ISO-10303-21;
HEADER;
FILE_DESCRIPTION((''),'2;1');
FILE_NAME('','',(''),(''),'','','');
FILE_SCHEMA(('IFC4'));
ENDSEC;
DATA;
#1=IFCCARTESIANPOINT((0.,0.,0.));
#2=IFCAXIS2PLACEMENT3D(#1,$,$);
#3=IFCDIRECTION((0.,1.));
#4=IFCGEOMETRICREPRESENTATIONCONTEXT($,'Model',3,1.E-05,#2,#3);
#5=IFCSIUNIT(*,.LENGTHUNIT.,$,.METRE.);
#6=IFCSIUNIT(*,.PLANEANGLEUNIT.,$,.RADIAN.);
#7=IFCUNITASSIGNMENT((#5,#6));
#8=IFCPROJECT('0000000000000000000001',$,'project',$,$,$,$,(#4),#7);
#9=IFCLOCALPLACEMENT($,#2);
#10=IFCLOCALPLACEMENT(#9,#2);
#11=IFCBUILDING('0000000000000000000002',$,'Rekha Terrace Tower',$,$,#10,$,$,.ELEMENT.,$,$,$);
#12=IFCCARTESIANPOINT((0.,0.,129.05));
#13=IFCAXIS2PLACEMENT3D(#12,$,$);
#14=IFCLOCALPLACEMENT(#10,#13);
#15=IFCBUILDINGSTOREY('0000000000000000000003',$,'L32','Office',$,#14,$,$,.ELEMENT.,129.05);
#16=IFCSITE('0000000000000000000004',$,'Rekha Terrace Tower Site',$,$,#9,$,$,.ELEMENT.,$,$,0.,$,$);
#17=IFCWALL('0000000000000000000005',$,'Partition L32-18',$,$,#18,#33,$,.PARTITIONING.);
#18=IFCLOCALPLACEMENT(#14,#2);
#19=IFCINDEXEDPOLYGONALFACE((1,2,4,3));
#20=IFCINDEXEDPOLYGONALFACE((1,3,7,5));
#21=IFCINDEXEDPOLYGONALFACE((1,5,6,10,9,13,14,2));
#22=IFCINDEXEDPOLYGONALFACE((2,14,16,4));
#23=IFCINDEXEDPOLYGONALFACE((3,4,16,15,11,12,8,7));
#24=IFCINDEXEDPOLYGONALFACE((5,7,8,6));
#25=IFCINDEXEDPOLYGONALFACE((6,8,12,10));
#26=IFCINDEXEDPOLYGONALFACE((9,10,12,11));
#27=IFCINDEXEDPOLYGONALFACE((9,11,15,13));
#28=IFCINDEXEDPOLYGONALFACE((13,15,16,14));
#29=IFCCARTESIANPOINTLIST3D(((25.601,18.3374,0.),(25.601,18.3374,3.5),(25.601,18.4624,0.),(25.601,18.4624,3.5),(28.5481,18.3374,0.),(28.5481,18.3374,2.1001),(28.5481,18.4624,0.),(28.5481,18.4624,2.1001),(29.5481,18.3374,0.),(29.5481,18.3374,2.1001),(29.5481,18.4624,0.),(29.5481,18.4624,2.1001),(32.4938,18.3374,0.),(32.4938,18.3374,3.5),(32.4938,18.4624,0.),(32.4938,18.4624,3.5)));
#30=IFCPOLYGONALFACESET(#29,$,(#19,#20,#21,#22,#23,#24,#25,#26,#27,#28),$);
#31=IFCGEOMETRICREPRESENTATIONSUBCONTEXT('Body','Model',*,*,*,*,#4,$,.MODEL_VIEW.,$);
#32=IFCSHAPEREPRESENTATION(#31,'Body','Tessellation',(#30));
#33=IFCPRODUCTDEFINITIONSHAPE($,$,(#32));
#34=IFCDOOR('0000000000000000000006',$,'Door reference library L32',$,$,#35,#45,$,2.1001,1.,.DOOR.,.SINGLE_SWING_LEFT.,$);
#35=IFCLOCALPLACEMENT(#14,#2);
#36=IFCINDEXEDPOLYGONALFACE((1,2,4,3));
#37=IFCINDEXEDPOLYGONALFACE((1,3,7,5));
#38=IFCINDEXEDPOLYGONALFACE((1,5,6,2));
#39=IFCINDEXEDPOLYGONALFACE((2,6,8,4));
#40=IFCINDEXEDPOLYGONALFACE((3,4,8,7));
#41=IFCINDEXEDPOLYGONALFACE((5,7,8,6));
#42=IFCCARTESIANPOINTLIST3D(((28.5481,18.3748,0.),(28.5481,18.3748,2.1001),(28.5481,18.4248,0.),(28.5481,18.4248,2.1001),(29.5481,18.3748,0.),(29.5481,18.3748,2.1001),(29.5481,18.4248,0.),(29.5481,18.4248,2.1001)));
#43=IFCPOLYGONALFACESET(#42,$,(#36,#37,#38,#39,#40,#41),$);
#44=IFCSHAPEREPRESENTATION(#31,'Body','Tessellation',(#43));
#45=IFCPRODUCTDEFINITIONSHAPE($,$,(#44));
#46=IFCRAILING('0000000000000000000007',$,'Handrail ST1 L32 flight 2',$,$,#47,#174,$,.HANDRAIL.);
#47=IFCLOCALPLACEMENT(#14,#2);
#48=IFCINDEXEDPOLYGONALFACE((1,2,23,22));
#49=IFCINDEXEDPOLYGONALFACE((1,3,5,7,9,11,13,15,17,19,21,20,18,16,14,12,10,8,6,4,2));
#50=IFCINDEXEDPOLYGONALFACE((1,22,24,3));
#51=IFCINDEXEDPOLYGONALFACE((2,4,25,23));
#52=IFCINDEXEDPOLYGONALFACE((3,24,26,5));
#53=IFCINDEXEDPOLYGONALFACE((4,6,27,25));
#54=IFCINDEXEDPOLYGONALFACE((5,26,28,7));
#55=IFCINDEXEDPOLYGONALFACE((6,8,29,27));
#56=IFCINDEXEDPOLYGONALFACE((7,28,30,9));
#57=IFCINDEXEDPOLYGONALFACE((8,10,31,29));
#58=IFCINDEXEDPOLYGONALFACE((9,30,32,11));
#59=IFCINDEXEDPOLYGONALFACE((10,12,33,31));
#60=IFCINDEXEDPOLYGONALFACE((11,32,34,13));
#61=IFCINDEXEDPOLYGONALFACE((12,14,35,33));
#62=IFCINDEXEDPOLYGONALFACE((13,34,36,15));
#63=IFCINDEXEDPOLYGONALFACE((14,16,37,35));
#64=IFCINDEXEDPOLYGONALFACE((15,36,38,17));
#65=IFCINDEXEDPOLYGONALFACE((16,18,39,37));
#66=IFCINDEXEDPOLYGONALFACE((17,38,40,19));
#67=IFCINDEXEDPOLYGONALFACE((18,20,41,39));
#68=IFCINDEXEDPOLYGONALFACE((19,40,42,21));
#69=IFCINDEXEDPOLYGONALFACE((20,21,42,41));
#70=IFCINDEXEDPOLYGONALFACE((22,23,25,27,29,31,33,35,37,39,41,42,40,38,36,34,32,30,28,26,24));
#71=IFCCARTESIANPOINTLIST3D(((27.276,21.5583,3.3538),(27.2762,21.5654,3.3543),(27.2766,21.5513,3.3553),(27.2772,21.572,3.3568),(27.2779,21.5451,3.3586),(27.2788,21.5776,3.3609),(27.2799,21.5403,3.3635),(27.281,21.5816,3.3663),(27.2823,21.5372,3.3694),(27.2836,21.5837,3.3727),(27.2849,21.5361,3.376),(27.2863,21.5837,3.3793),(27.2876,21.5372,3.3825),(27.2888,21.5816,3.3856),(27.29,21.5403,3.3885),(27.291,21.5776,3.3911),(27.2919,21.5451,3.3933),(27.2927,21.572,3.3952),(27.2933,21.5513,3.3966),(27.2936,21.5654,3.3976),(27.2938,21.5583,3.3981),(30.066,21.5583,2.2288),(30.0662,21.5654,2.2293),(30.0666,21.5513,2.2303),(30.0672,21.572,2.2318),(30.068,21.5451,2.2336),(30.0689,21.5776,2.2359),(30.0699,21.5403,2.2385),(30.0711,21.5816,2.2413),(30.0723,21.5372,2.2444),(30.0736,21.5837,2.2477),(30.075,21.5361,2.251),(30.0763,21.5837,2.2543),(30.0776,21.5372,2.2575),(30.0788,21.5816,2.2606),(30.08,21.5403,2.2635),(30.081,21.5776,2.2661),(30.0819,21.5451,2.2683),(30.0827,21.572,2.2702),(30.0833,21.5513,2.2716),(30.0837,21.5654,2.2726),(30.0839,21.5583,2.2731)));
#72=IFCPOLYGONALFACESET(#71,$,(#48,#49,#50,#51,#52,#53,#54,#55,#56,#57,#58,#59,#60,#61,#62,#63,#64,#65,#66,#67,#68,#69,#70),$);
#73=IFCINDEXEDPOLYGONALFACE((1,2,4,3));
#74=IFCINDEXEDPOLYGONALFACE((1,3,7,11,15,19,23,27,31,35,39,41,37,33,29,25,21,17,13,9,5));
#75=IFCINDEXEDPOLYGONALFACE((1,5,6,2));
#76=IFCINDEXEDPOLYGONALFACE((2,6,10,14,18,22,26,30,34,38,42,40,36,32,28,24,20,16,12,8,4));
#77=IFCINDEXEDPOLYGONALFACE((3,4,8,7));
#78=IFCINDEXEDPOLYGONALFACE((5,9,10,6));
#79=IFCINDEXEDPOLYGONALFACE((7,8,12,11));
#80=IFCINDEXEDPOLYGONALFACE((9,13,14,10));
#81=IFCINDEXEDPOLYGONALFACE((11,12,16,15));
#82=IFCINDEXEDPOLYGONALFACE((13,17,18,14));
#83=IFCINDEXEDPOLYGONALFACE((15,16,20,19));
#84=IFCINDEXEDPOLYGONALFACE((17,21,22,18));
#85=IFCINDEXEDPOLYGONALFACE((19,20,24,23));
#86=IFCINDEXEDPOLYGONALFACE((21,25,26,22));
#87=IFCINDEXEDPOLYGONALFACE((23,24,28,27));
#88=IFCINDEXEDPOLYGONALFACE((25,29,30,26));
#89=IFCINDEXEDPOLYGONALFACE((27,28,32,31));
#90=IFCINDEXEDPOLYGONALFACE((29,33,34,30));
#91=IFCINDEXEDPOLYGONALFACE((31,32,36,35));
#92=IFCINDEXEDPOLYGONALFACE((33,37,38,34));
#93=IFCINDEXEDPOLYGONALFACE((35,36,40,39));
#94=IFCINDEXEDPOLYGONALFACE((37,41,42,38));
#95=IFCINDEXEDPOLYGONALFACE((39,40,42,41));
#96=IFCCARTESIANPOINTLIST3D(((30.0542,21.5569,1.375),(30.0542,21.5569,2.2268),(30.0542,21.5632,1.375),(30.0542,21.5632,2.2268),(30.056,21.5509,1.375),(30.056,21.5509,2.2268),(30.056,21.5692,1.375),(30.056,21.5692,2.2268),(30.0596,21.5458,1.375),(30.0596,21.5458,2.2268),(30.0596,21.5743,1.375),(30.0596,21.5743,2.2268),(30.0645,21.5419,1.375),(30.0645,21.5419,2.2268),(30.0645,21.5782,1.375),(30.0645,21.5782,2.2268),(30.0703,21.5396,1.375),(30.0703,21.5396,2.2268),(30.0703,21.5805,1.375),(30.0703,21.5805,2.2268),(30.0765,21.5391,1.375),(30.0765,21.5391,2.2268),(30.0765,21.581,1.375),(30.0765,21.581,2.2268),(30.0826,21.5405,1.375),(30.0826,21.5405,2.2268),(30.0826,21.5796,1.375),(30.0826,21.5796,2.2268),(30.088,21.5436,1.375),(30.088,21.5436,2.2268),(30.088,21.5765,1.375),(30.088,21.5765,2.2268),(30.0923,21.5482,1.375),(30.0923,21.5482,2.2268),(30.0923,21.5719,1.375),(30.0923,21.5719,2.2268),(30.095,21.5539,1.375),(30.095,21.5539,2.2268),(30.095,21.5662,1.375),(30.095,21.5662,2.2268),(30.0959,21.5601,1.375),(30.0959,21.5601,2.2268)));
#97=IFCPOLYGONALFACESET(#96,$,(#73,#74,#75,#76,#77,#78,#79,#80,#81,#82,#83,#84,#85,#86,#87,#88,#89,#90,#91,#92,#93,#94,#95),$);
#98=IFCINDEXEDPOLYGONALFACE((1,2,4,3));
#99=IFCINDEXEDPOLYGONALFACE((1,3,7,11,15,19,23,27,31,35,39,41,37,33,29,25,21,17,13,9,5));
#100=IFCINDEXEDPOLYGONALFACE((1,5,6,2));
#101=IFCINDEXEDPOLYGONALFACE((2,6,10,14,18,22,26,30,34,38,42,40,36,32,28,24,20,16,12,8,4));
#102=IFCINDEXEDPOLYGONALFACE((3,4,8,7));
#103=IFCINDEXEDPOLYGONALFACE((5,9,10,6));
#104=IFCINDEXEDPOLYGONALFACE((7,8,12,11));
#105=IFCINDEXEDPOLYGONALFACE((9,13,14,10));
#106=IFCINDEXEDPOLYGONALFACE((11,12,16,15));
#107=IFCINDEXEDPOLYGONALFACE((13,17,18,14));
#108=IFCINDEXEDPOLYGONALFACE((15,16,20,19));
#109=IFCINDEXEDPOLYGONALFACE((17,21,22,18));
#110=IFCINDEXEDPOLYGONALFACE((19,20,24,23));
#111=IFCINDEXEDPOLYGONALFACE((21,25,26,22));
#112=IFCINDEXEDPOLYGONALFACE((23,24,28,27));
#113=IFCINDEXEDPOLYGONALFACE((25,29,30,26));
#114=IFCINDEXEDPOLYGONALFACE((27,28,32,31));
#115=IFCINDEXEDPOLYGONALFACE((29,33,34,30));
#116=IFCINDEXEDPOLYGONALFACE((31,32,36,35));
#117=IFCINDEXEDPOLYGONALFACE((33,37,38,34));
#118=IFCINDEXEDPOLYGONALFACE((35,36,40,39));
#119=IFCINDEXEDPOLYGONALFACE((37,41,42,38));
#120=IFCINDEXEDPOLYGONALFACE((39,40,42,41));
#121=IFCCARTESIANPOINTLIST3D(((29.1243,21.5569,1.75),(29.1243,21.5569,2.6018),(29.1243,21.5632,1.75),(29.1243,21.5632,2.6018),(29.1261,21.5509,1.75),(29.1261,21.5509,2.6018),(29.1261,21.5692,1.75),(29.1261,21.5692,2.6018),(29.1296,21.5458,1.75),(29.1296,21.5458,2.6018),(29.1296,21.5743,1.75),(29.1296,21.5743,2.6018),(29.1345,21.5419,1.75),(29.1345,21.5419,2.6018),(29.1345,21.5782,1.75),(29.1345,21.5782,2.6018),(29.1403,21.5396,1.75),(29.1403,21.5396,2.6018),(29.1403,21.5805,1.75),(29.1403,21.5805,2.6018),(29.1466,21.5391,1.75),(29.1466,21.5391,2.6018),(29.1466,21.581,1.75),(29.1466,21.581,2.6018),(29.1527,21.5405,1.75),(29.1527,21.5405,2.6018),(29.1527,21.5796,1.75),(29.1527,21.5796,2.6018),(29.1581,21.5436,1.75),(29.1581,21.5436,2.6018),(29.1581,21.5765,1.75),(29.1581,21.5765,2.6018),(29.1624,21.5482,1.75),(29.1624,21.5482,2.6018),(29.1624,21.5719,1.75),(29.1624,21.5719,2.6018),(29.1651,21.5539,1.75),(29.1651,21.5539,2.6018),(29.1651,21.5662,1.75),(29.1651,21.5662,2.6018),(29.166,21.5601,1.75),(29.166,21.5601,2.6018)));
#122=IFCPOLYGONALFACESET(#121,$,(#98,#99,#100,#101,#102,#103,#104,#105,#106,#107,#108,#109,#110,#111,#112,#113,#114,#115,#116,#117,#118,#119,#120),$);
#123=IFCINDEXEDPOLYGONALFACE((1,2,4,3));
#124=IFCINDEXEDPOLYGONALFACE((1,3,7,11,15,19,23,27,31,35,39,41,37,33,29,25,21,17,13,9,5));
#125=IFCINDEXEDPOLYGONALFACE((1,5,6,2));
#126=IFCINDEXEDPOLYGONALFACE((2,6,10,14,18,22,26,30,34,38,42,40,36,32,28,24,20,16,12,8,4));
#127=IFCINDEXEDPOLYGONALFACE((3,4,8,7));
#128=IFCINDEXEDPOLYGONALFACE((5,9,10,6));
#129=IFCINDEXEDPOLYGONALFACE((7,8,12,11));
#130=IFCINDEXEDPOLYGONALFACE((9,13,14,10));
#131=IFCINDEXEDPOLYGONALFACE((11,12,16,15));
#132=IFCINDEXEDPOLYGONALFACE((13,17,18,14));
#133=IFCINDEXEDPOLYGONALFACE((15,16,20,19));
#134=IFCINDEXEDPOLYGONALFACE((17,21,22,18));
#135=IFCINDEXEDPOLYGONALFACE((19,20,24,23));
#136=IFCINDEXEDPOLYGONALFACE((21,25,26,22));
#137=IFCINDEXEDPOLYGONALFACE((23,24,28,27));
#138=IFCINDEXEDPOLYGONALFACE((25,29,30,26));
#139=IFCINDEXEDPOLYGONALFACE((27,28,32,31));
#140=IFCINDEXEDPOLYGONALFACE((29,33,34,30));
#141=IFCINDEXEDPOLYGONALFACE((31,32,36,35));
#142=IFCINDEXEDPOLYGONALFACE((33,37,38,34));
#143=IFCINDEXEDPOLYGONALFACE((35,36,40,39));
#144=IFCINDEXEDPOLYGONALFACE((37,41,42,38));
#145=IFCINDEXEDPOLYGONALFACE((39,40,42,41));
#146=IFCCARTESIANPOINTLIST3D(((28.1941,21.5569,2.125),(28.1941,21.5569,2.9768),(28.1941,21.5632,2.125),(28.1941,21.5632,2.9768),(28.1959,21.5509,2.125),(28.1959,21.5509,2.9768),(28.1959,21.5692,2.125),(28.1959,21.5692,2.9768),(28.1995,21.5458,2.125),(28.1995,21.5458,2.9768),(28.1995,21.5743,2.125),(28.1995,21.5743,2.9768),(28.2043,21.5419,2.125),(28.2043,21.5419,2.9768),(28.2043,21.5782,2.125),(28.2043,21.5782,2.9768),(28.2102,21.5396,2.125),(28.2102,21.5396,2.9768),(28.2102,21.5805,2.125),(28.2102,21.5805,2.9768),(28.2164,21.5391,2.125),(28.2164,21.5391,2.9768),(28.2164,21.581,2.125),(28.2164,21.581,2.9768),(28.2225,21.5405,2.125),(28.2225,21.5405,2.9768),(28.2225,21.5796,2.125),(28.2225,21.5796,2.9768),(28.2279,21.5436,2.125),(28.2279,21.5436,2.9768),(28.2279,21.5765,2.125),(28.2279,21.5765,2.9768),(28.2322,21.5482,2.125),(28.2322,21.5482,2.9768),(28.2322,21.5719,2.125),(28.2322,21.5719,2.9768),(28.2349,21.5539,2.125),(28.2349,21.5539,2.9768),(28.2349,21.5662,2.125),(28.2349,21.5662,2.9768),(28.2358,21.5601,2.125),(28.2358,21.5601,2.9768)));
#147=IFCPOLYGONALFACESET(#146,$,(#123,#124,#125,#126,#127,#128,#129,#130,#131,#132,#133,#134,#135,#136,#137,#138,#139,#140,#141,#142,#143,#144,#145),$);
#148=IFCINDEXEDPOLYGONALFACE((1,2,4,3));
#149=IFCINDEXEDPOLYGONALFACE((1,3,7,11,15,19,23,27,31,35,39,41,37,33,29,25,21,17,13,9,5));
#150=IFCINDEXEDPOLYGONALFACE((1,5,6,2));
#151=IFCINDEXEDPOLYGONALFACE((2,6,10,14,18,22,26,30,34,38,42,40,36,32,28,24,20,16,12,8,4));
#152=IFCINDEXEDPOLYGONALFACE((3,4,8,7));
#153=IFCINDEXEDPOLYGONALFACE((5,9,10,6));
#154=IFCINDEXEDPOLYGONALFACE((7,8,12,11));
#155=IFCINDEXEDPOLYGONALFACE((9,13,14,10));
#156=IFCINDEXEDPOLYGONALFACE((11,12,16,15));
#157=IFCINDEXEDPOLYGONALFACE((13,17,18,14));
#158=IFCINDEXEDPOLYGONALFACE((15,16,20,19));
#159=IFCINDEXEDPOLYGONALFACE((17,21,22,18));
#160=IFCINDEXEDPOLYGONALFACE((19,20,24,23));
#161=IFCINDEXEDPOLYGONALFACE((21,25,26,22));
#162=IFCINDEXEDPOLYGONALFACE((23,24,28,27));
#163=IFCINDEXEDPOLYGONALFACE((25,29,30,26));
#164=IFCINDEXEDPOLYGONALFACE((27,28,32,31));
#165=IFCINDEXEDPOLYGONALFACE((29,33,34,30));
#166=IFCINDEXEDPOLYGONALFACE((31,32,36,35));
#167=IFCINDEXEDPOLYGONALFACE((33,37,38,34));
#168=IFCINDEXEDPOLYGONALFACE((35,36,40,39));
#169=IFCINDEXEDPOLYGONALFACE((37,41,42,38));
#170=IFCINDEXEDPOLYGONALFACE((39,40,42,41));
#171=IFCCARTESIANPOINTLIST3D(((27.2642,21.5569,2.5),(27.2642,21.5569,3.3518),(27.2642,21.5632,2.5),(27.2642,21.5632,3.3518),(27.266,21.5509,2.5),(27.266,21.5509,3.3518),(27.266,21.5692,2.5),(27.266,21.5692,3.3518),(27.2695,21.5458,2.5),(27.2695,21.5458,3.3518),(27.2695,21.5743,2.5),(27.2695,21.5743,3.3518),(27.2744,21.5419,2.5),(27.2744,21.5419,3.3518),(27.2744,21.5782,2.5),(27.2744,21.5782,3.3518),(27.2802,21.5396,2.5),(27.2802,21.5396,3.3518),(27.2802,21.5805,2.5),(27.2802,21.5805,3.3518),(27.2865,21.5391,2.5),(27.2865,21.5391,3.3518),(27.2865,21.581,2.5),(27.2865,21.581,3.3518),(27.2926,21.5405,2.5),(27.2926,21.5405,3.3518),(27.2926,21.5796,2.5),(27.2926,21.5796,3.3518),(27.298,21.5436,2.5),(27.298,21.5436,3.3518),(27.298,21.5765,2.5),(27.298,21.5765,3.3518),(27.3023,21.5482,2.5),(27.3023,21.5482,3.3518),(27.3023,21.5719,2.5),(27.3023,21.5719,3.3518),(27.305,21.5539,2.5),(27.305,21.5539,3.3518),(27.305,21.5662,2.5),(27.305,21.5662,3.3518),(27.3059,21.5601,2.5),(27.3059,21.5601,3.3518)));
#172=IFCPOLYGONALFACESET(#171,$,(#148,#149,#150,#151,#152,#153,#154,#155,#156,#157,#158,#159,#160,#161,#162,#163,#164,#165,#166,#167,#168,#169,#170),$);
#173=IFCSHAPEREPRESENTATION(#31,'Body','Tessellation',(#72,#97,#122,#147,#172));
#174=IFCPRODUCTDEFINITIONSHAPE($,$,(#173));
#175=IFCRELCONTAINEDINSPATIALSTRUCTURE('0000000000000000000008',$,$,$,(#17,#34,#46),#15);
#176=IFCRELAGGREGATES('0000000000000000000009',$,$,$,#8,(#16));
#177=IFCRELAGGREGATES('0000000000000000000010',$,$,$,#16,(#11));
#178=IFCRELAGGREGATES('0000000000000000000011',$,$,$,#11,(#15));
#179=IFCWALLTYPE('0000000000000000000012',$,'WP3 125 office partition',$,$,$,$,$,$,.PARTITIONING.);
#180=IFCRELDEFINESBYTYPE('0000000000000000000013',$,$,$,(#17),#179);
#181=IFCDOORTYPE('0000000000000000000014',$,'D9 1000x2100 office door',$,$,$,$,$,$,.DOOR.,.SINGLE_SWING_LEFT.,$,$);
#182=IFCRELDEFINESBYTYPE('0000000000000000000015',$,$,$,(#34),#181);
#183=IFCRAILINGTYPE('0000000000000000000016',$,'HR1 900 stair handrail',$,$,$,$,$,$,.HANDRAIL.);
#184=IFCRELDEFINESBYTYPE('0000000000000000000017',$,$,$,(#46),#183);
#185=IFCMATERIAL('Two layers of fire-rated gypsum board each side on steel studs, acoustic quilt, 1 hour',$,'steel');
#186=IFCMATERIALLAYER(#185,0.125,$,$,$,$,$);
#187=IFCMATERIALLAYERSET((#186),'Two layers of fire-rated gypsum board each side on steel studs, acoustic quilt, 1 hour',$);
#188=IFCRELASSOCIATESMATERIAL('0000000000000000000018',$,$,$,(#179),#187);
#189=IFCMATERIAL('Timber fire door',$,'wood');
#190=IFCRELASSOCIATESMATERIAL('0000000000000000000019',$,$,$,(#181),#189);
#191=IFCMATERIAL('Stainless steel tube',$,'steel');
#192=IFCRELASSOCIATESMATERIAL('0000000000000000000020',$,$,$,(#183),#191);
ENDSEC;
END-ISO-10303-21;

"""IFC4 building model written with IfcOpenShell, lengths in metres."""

from ifc_helpers import new_model, si_unit, direction, frame, frame_2d, origin, origin_2d, place, context, subcontext, project, spatial, rectangle, circle, extrude, material, layer, layer_set, type_object, element, fill, save


model = new_model("IFC4")

# Units and contexts
model_context = context("Model", 3, precision=1e-05, world=origin(), true_north=direction((0.0, 1.0)))
body_context = subcontext(model_context, "Body", "Model", "MODEL_VIEW")
ifc_project = project(units=[si_unit("LENGTHUNIT", "METRE"), si_unit("PLANEANGLEUNIT", "RADIAN")], contexts=[model_context])

# Site, building, storey
site_placement = place(None, origin())
site = spatial("IfcSite", under=ifc_project, at=site_placement, Name="Rekha Terrace Tower Site", CompositionType="ELEMENT", RefElevation=0.0)
building_placement = place(site_placement, origin())
building = spatial("IfcBuilding", under=site, at=building_placement, Name="Rekha Terrace Tower", CompositionType="ELEMENT")
storey_placement = place(building_placement, frame((0.0, 0.0, 129.05)))
storey = spatial("IfcBuildingStorey", under=building, at=storey_placement, Name="L32", Description="Office", CompositionType="ELEMENT", Elevation=129.05)

# Shared definitions
ifc_material_1 = material(Name="Two layers of fire-rated gypsum board each side on steel studs, acoustic quilt, 1 hour", Category="steel")
ifc_layer_1 = layer(ifc_material_1, 0.125)
ifc_layer_set_1 = layer_set([ifc_layer_1], Name="Two layers of fire-rated gypsum board each side on steel studs, acoustic quilt, 1 hour")
wall_type_1 = type_object("IfcWallType", Name="WP3 125 office partition", PredefinedType="PARTITIONING", material=ifc_layer_set_1)

# Wall, opening, door
wall_1_placement = place(storey_placement, frame((25.6011, 18.3999, 0.0), z_axis=(0.0, 0.0, 1.0), x_axis=(1.0, 0.0, 0.0)))
wall_1 = element("IfcWall", 1, at=wall_1_placement, inside=storey, type_object=wall_type_1, Name="Partition L32-18", PredefinedType="PARTITIONING", context=body_context, shape_type="SweptSolid", body=[
    extrude(rectangle(XDim=6.8928, YDim=0.125, at=frame_2d((3.4463, 0.0))), origin(), (0.0, 0.0, 1.0), 3.5),
])
opening_1_placement = place(wall_1_placement, frame((2.947, 0.0, 0.0)))
opening_1 = element("IfcOpeningElement", 2, at=opening_1_placement, cuts=wall_1, PredefinedType="OPENING", context=body_context, shape_type="SweptSolid", body=[
    extrude(rectangle(XDim=1.0, YDim=2.1001, at=frame_2d((0.5, 1.05))), frame((0.0, 0.0725, 0.0), z_axis=(0.0, -1.0, 0.0), x_axis=(1.0, 0.0, 0.0)), (0.0, 0.0, 1.0), 0.145),
])
ifc_material_2 = material(Name="Timber fire door", Category="wood")
door_type_1 = type_object("IfcDoorType", Name="D9 1000x2100 office door", OperationType="SINGLE_SWING_LEFT", PredefinedType="DOOR", material=ifc_material_2)
door_1_placement = place(opening_1_placement, origin())
door_1 = element("IfcDoor", 3, at=door_1_placement, inside=storey, type_object=door_type_1, Name="Door reference library L32", OperationType="SINGLE_SWING_LEFT", OverallHeight=2.1001, OverallWidth=1.0, PredefinedType="DOOR", context=body_context, shape_type="SweptSolid", body=[
    extrude(rectangle(XDim=1.0, YDim=2.1001, at=frame_2d((0.5, 1.05))), frame((0.0, 0.0249, 0.0), z_axis=(0.0, -1.0, 0.0), x_axis=(1.0, 0.0, 0.0)), (0.0, 0.0, 1.0), 0.05),
])
fill(opening_1, door_1)

# Railing
ifc_material_3 = material(Name="Stainless steel tube", Category="steel")
railing_type = type_object("IfcRailingType", Name="HR1 900 stair handrail", PredefinedType="HANDRAIL", material=ifc_material_3)
railing_placement = place(storey_placement, frame((30.075, 21.5601, 1.375)))
element("IfcRailing", 4, at=railing_placement, inside=storey, type_object=railing_type, Name="Handrail ST1 L32 flight 2", PredefinedType="HANDRAIL", context=body_context, shape_type="SweptSolid", body=[
    extrude(circle(Radius=0.0239, at=origin_2d()), frame((0.0, 0.0, 0.876), z_axis=(-0.927443, 0.0, 0.373964), x_axis=(0.0, -1.0, 0.0)), (0.0, 0.0, 1.0), 3.0083),
    extrude(circle(Radius=0.021, at=origin_2d()), origin(), (0.0, 0.0, 1.0), 0.8518),
    extrude(circle(Radius=0.021, at=origin_2d()), frame((-0.9299, 0.0, 0.375)), (0.0, 0.0, 1.0), 0.8518),
    extrude(circle(Radius=0.021, at=origin_2d()), frame((-1.8601, 0.0, 0.75)), (0.0, 0.0, 1.0), 0.8518),
    extrude(circle(Radius=0.021, at=origin_2d()), frame((-2.79, 0.0, 1.125)), (0.0, 0.0, 1.0), 0.8518),
])

save(model, "model.ifc")
